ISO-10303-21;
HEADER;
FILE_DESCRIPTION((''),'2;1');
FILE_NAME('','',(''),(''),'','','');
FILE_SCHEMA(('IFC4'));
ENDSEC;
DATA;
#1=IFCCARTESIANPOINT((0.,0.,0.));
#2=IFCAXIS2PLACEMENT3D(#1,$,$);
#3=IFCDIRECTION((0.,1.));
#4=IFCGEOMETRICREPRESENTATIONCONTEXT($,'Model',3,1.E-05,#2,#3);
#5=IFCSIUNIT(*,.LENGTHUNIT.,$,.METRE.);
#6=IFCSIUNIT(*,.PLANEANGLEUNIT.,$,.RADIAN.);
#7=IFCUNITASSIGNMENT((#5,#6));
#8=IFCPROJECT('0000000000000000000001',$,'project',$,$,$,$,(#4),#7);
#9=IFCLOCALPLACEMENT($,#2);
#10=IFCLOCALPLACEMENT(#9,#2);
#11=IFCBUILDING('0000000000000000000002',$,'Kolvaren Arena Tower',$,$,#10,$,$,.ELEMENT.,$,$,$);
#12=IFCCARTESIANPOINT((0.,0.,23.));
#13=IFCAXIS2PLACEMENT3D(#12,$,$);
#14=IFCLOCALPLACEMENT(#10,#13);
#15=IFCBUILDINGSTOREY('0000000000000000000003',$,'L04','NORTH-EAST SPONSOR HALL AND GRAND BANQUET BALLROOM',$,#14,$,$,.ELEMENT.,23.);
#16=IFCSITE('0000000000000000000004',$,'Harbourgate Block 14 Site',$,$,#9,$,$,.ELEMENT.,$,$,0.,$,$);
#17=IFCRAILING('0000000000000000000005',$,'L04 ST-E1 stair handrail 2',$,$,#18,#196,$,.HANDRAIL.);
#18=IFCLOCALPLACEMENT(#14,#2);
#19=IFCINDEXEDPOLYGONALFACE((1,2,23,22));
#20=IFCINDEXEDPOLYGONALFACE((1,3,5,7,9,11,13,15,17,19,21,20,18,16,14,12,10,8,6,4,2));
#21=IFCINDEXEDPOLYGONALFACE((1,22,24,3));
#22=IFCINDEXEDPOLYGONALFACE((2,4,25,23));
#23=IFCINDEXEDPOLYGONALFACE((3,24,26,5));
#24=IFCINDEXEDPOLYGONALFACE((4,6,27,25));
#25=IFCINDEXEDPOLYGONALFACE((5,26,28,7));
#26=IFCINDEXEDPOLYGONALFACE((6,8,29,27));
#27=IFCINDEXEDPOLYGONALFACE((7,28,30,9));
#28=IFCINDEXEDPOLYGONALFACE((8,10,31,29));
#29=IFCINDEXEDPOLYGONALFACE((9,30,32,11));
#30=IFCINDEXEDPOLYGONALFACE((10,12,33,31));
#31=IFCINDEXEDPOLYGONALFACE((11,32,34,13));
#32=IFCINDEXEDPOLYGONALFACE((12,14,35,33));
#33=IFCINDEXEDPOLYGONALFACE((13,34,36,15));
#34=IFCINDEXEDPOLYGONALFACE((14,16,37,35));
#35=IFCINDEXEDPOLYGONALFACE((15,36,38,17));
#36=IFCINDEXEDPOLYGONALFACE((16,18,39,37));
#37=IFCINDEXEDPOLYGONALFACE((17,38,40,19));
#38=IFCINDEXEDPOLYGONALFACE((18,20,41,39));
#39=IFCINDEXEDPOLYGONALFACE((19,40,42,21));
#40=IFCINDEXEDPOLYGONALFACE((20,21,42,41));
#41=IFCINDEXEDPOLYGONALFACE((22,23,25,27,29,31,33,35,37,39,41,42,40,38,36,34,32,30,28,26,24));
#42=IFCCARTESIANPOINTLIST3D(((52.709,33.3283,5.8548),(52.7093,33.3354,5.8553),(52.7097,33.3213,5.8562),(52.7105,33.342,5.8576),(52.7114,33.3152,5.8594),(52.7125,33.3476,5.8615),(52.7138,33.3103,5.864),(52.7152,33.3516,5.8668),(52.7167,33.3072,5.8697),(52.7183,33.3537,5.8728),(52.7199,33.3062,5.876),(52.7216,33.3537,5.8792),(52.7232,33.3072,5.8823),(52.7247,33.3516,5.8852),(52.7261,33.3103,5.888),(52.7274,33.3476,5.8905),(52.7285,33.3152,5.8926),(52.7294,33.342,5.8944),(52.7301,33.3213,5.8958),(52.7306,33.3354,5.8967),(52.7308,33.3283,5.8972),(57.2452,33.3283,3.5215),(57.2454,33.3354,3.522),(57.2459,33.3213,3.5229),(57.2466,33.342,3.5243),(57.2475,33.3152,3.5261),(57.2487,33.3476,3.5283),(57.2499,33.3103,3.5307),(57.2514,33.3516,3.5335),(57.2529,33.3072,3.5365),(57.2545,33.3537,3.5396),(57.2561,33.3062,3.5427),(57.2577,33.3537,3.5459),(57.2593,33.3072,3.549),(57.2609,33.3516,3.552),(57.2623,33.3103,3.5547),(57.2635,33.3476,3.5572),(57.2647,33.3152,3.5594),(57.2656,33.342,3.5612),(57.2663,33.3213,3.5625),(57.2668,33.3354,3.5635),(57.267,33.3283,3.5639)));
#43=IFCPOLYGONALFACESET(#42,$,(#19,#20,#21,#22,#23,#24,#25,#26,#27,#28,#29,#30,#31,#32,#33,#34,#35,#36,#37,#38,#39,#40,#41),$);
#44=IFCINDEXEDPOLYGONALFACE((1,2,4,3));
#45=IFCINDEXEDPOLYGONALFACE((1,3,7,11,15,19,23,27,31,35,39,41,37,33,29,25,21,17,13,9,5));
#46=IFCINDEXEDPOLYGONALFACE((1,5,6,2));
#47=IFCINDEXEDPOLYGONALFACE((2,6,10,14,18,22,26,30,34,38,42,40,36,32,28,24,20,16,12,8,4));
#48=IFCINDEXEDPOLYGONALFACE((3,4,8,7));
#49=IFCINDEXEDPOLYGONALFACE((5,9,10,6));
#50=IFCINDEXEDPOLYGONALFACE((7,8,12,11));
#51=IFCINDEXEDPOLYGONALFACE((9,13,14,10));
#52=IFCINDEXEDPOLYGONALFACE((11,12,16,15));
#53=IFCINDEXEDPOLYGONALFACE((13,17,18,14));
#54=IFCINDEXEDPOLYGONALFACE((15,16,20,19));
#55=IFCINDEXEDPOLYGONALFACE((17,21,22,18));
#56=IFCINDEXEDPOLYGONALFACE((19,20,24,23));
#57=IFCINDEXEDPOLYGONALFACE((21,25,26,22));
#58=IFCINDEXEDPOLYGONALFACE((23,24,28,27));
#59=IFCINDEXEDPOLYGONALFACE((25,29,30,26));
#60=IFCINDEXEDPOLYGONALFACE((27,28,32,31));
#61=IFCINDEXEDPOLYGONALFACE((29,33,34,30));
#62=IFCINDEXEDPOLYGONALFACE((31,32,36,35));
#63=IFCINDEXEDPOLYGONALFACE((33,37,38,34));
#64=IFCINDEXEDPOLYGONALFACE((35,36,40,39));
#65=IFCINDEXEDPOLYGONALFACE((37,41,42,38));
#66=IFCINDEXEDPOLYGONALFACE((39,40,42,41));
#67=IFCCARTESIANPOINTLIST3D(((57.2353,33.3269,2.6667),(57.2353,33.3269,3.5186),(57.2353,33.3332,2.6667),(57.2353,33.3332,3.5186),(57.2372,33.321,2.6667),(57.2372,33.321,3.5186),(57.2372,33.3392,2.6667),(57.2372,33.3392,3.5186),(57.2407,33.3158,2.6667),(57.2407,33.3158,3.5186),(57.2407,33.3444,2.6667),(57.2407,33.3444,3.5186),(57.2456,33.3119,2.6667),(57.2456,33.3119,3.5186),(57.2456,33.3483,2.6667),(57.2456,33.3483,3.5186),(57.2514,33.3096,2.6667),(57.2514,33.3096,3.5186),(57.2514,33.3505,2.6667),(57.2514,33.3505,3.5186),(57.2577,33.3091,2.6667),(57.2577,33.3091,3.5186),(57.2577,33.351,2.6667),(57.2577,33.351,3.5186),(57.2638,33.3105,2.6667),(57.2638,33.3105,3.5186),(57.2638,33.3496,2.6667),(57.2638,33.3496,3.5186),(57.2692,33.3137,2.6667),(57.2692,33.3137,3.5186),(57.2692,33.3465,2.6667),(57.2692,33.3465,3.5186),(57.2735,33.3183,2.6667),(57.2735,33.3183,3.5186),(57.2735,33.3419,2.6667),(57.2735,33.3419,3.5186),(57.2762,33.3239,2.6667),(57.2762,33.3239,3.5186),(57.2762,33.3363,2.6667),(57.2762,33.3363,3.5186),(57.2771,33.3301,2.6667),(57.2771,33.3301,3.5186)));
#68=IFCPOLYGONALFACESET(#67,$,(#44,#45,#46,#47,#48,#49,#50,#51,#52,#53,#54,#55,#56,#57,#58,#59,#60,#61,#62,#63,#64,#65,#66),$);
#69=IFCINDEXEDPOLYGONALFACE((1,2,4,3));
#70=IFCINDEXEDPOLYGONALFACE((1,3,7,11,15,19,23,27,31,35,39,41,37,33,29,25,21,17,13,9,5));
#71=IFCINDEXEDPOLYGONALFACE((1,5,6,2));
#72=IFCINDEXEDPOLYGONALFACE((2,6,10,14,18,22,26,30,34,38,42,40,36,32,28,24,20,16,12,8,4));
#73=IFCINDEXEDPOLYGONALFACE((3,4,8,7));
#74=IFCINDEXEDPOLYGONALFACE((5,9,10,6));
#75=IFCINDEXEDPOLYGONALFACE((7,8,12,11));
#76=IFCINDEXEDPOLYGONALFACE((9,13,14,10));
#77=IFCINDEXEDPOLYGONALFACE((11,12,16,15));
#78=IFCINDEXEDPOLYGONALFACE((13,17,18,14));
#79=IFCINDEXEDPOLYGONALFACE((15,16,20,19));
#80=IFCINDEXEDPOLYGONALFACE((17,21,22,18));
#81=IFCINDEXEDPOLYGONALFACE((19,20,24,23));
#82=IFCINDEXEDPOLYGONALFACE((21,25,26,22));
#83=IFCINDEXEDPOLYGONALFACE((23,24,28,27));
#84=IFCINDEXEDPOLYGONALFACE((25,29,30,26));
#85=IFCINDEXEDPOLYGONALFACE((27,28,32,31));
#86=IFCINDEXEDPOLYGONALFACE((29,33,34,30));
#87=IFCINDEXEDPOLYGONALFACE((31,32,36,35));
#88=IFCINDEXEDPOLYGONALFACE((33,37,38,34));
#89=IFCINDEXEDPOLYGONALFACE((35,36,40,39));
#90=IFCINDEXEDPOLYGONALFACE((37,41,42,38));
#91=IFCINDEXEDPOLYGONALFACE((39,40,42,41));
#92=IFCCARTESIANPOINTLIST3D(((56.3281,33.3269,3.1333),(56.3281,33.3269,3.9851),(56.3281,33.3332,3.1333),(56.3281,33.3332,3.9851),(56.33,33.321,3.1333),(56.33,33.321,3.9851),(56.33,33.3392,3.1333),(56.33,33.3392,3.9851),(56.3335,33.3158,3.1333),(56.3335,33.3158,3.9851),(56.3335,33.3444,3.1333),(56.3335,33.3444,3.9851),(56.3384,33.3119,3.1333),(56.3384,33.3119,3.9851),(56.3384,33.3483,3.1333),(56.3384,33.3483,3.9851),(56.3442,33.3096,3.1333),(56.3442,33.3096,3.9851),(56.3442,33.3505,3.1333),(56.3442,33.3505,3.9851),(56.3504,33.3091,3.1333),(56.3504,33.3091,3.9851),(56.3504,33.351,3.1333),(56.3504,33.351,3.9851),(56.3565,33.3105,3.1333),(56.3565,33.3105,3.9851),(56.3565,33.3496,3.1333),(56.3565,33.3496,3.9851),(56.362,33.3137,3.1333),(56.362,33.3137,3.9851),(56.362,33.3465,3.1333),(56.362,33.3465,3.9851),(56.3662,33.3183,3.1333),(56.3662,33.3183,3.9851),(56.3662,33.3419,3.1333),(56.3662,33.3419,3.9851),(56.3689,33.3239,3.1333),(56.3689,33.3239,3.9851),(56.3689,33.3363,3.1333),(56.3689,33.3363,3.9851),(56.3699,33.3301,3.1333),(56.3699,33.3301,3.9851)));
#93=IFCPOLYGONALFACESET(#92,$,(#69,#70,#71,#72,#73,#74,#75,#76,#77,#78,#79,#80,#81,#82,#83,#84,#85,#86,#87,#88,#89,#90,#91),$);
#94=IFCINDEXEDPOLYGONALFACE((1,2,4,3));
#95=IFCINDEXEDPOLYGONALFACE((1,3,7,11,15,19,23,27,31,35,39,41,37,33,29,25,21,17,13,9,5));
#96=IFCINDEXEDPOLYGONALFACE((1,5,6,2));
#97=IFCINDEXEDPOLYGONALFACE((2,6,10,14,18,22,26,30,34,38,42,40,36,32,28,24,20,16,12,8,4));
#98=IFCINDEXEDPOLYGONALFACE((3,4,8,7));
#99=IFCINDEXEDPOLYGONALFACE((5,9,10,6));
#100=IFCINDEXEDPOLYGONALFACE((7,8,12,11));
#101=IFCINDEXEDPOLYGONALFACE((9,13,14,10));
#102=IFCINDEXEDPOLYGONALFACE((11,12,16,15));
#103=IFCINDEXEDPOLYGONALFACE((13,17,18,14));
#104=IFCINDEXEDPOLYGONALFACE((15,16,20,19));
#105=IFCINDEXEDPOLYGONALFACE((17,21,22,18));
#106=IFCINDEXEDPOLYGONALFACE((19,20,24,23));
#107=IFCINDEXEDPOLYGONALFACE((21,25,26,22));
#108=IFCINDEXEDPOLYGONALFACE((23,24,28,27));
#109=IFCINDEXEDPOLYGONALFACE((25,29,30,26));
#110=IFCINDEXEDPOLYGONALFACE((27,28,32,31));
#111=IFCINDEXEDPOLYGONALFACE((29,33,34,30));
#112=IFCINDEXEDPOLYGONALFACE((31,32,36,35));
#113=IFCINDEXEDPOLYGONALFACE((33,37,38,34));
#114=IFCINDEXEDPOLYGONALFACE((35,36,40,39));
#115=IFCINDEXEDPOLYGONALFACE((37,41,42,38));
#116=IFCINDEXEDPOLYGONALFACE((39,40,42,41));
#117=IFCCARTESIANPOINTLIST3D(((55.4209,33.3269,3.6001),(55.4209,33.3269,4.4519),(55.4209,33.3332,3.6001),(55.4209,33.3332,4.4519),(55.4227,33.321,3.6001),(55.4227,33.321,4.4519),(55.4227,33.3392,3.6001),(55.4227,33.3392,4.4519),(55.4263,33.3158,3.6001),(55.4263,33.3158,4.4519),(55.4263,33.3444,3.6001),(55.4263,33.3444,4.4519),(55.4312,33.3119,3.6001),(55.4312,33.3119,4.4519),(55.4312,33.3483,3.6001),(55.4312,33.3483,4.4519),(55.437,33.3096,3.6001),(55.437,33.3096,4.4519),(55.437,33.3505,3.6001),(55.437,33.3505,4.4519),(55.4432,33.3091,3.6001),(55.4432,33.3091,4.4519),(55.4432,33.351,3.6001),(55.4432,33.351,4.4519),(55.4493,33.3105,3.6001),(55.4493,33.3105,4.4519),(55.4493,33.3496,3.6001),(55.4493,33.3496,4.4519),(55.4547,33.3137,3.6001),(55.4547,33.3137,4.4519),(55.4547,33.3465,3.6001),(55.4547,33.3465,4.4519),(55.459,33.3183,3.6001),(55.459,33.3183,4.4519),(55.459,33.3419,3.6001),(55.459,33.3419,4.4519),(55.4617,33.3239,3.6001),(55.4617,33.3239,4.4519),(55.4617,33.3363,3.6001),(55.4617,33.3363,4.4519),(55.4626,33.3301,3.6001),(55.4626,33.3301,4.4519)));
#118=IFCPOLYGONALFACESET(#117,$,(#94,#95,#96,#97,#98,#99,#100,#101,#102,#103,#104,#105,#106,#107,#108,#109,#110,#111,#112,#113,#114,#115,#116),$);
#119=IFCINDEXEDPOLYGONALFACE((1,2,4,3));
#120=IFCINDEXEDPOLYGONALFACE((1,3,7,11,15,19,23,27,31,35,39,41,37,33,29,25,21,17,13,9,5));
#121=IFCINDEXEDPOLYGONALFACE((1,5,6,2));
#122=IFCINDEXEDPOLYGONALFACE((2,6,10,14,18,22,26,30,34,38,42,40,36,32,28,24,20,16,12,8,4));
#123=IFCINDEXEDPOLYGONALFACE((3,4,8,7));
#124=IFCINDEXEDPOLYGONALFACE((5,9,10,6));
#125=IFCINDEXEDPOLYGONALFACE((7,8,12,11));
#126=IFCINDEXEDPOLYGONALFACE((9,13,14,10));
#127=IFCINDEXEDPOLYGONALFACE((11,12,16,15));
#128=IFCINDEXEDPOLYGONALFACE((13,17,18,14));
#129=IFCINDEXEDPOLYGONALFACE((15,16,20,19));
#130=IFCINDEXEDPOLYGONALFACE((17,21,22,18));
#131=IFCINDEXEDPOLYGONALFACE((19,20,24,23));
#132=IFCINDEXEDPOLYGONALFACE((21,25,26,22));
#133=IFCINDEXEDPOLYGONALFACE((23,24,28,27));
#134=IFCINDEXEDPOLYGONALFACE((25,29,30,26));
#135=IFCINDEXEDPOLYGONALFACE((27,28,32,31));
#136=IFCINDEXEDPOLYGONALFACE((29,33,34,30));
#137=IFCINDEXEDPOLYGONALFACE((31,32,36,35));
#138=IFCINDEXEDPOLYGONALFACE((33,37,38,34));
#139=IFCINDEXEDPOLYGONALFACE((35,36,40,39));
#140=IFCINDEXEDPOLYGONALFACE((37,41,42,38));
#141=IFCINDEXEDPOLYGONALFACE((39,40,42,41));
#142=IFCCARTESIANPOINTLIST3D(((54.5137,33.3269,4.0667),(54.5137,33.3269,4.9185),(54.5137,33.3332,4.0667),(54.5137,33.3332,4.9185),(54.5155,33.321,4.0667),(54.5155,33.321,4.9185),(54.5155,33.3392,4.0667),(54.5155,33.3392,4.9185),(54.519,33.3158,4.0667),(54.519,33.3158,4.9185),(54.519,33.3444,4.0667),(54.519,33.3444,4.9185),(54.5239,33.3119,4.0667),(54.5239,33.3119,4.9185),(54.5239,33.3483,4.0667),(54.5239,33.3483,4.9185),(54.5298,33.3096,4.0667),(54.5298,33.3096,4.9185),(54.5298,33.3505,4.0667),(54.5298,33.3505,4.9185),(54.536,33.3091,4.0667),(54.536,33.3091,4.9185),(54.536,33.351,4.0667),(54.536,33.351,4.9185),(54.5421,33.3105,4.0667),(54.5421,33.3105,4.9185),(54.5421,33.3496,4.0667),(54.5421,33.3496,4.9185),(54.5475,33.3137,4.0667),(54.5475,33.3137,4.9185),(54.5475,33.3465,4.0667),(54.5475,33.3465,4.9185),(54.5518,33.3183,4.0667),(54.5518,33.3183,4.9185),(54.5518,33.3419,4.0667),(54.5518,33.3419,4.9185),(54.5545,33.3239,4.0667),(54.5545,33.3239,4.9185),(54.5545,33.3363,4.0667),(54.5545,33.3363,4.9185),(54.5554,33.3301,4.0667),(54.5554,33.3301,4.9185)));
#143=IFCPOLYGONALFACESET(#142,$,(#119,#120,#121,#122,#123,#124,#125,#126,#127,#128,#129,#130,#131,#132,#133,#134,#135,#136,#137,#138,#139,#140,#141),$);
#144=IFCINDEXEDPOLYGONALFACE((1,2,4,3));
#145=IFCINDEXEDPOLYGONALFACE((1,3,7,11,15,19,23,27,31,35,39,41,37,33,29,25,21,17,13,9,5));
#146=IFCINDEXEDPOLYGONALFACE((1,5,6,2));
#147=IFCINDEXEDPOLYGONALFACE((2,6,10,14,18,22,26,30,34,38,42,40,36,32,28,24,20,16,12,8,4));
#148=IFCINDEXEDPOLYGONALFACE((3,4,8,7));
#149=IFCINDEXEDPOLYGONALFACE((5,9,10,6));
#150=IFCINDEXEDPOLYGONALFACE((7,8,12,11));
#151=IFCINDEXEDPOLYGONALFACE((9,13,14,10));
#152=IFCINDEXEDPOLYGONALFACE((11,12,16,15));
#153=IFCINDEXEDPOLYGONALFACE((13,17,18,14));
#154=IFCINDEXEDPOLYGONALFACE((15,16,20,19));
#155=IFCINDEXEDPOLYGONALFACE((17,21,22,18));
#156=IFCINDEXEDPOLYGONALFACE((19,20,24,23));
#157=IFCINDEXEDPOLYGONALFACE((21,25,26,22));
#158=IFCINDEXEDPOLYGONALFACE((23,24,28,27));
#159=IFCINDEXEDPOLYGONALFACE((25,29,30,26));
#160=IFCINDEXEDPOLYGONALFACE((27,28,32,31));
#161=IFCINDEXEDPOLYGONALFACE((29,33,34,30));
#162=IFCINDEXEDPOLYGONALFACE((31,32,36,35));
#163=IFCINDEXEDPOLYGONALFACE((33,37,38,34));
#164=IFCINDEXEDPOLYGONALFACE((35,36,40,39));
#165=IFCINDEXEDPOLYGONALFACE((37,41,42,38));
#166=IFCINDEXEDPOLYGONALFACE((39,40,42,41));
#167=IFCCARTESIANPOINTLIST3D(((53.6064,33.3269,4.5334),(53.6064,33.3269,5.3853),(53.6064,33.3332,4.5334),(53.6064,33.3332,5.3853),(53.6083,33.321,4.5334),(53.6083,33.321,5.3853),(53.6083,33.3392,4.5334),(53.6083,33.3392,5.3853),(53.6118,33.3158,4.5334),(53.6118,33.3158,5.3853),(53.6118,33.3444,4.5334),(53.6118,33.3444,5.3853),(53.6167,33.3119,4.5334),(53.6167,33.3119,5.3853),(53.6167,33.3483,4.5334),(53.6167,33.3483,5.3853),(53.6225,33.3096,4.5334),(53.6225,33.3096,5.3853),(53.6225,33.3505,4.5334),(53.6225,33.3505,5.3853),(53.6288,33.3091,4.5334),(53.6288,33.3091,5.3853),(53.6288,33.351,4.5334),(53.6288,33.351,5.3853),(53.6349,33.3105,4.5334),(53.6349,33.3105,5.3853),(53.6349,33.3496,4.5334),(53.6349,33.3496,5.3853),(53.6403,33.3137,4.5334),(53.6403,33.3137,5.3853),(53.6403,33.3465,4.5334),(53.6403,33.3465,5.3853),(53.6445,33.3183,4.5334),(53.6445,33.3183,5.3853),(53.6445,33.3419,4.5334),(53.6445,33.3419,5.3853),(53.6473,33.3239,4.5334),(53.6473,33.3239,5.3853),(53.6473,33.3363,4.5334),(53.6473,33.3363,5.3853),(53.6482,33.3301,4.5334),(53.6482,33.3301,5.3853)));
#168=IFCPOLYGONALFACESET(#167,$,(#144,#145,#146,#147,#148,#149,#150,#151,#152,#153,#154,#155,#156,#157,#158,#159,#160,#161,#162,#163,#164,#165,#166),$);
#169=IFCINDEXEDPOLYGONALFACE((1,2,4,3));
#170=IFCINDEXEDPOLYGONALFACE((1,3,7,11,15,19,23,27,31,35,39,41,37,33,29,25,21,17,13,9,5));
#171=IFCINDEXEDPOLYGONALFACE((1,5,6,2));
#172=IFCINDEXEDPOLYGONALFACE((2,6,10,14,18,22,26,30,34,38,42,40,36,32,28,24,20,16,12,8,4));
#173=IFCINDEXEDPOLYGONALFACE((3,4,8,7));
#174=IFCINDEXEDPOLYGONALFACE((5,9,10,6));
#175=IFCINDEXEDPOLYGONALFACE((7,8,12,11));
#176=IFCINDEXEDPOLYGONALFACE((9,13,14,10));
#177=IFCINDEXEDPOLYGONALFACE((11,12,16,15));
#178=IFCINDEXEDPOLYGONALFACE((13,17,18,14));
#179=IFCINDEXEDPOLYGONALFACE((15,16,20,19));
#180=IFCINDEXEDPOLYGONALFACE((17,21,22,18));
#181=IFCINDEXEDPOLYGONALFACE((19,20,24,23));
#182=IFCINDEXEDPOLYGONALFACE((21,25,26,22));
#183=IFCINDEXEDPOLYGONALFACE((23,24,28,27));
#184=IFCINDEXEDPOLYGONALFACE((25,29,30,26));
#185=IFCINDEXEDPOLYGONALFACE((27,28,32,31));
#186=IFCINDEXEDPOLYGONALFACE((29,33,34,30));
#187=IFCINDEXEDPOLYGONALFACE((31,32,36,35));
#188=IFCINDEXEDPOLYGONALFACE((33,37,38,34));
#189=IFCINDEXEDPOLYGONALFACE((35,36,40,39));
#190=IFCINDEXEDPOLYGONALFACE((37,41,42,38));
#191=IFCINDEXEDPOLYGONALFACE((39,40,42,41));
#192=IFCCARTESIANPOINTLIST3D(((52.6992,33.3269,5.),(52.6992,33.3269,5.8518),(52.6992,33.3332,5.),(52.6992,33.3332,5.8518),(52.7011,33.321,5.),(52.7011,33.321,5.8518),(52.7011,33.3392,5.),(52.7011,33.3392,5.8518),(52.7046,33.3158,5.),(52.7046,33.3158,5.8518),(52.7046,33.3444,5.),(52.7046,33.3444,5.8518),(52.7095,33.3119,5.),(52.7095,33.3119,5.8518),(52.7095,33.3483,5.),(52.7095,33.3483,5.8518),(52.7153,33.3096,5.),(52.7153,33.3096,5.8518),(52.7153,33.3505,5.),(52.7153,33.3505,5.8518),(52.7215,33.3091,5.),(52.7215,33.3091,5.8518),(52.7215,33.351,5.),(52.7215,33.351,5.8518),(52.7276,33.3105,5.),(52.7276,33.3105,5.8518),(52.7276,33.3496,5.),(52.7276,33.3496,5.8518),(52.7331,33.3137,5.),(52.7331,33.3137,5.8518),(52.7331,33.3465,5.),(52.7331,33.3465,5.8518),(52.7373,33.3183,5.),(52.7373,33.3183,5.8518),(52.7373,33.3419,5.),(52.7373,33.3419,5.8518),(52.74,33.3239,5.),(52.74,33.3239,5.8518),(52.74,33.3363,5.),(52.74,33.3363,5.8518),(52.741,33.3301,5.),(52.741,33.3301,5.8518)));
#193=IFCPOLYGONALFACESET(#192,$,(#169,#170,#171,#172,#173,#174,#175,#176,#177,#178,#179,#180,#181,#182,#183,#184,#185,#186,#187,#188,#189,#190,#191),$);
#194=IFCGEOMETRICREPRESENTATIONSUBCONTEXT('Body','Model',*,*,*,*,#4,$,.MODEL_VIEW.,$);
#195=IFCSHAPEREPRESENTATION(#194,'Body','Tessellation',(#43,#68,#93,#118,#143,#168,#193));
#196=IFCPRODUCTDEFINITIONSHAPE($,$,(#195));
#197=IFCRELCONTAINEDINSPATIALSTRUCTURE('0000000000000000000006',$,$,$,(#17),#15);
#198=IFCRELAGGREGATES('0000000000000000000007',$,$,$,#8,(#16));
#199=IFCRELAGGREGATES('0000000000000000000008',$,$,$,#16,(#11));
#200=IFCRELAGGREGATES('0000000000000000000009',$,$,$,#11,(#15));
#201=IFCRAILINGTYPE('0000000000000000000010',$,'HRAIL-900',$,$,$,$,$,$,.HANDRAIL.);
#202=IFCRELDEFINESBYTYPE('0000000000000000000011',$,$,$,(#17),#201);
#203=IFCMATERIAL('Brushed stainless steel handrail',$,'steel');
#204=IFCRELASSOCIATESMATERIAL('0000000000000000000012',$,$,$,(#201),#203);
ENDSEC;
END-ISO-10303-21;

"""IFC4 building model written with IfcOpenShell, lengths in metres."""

from ifc_helpers import new_model, si_unit, direction, frame, origin, origin_2d, place, context, subcontext, project, spatial, circle, extrude, material, type_object, element, save


model = new_model("IFC4")

# Units and contexts
model_context = context("Model", 3, precision=1e-05, world=origin(), true_north=direction((0.0, 1.0)))
body_context = subcontext(model_context, "Body", "Model", "MODEL_VIEW")
ifc_project = project(units=[si_unit("LENGTHUNIT", "METRE"), si_unit("PLANEANGLEUNIT", "RADIAN")], contexts=[model_context])

# Site, building, storey
site_placement = place(None, origin())
site = spatial("IfcSite", under=ifc_project, at=site_placement, Name="Harbourgate Block 14 Site", CompositionType="ELEMENT", RefElevation=0.0)
building_placement = place(site_placement, origin())
building = spatial("IfcBuilding", under=site, at=building_placement, Name="Kolvaren Arena Tower", CompositionType="ELEMENT")
storey_placement = place(building_placement, frame((0.0, 0.0, 23.0)))
storey = spatial("IfcBuildingStorey", under=building, at=storey_placement, Name="L04", Description="NORTH-EAST SPONSOR HALL AND GRAND BANQUET BALLROOM", CompositionType="ELEMENT", Elevation=23.0)

# Railing
ifc_material_1 = material(Name="Brushed stainless steel handrail", Category="steel")
railing_type_1 = type_object("IfcRailingType", Name="HRAIL-900", PredefinedType="HANDRAIL", material=ifc_material_1)
railing_1_placement = place(storey_placement, frame((57.2561, 33.3301, 2.6667)))
element("IfcRailing", 1, at=railing_1_placement, inside=storey, type_object=railing_type_1, Name="L04 ST-E1 stair handrail 2", PredefinedType="HANDRAIL", context=body_context, shape_type="SweptSolid", body=[
    extrude(circle(Radius=0.0239, at=origin_2d()), frame((0.0, 0.0, 0.876), z_axis=(-0.889257, 0.0, 0.457407), x_axis=(0.0, -1.0, 0.0)), (0.0, 0.0, 1.0), 5.1011),
    extrude(circle(Radius=0.021, at=origin_2d()), origin(), (0.0, 0.0, 1.0), 0.8518),
    extrude(circle(Radius=0.021, at=origin_2d()), frame((-0.9072, 0.0, 0.4666)), (0.0, 0.0, 1.0), 0.8518),
    extrude(circle(Radius=0.021, at=origin_2d()), frame((-1.8145, 0.0, 0.9333)), (0.0, 0.0, 1.0), 0.8518),
    extrude(circle(Radius=0.021, at=origin_2d()), frame((-2.7217, 0.0, 1.3999)), (0.0, 0.0, 1.0), 0.8518),
    extrude(circle(Radius=0.021, at=origin_2d()), frame((-3.6289, 0.0, 1.8667)), (0.0, 0.0, 1.0), 0.8518),
    extrude(circle(Radius=0.021, at=origin_2d()), frame((-4.5361, 0.0, 2.3333)), (0.0, 0.0, 1.0), 0.8518),
])

save(model, "model.ifc")
